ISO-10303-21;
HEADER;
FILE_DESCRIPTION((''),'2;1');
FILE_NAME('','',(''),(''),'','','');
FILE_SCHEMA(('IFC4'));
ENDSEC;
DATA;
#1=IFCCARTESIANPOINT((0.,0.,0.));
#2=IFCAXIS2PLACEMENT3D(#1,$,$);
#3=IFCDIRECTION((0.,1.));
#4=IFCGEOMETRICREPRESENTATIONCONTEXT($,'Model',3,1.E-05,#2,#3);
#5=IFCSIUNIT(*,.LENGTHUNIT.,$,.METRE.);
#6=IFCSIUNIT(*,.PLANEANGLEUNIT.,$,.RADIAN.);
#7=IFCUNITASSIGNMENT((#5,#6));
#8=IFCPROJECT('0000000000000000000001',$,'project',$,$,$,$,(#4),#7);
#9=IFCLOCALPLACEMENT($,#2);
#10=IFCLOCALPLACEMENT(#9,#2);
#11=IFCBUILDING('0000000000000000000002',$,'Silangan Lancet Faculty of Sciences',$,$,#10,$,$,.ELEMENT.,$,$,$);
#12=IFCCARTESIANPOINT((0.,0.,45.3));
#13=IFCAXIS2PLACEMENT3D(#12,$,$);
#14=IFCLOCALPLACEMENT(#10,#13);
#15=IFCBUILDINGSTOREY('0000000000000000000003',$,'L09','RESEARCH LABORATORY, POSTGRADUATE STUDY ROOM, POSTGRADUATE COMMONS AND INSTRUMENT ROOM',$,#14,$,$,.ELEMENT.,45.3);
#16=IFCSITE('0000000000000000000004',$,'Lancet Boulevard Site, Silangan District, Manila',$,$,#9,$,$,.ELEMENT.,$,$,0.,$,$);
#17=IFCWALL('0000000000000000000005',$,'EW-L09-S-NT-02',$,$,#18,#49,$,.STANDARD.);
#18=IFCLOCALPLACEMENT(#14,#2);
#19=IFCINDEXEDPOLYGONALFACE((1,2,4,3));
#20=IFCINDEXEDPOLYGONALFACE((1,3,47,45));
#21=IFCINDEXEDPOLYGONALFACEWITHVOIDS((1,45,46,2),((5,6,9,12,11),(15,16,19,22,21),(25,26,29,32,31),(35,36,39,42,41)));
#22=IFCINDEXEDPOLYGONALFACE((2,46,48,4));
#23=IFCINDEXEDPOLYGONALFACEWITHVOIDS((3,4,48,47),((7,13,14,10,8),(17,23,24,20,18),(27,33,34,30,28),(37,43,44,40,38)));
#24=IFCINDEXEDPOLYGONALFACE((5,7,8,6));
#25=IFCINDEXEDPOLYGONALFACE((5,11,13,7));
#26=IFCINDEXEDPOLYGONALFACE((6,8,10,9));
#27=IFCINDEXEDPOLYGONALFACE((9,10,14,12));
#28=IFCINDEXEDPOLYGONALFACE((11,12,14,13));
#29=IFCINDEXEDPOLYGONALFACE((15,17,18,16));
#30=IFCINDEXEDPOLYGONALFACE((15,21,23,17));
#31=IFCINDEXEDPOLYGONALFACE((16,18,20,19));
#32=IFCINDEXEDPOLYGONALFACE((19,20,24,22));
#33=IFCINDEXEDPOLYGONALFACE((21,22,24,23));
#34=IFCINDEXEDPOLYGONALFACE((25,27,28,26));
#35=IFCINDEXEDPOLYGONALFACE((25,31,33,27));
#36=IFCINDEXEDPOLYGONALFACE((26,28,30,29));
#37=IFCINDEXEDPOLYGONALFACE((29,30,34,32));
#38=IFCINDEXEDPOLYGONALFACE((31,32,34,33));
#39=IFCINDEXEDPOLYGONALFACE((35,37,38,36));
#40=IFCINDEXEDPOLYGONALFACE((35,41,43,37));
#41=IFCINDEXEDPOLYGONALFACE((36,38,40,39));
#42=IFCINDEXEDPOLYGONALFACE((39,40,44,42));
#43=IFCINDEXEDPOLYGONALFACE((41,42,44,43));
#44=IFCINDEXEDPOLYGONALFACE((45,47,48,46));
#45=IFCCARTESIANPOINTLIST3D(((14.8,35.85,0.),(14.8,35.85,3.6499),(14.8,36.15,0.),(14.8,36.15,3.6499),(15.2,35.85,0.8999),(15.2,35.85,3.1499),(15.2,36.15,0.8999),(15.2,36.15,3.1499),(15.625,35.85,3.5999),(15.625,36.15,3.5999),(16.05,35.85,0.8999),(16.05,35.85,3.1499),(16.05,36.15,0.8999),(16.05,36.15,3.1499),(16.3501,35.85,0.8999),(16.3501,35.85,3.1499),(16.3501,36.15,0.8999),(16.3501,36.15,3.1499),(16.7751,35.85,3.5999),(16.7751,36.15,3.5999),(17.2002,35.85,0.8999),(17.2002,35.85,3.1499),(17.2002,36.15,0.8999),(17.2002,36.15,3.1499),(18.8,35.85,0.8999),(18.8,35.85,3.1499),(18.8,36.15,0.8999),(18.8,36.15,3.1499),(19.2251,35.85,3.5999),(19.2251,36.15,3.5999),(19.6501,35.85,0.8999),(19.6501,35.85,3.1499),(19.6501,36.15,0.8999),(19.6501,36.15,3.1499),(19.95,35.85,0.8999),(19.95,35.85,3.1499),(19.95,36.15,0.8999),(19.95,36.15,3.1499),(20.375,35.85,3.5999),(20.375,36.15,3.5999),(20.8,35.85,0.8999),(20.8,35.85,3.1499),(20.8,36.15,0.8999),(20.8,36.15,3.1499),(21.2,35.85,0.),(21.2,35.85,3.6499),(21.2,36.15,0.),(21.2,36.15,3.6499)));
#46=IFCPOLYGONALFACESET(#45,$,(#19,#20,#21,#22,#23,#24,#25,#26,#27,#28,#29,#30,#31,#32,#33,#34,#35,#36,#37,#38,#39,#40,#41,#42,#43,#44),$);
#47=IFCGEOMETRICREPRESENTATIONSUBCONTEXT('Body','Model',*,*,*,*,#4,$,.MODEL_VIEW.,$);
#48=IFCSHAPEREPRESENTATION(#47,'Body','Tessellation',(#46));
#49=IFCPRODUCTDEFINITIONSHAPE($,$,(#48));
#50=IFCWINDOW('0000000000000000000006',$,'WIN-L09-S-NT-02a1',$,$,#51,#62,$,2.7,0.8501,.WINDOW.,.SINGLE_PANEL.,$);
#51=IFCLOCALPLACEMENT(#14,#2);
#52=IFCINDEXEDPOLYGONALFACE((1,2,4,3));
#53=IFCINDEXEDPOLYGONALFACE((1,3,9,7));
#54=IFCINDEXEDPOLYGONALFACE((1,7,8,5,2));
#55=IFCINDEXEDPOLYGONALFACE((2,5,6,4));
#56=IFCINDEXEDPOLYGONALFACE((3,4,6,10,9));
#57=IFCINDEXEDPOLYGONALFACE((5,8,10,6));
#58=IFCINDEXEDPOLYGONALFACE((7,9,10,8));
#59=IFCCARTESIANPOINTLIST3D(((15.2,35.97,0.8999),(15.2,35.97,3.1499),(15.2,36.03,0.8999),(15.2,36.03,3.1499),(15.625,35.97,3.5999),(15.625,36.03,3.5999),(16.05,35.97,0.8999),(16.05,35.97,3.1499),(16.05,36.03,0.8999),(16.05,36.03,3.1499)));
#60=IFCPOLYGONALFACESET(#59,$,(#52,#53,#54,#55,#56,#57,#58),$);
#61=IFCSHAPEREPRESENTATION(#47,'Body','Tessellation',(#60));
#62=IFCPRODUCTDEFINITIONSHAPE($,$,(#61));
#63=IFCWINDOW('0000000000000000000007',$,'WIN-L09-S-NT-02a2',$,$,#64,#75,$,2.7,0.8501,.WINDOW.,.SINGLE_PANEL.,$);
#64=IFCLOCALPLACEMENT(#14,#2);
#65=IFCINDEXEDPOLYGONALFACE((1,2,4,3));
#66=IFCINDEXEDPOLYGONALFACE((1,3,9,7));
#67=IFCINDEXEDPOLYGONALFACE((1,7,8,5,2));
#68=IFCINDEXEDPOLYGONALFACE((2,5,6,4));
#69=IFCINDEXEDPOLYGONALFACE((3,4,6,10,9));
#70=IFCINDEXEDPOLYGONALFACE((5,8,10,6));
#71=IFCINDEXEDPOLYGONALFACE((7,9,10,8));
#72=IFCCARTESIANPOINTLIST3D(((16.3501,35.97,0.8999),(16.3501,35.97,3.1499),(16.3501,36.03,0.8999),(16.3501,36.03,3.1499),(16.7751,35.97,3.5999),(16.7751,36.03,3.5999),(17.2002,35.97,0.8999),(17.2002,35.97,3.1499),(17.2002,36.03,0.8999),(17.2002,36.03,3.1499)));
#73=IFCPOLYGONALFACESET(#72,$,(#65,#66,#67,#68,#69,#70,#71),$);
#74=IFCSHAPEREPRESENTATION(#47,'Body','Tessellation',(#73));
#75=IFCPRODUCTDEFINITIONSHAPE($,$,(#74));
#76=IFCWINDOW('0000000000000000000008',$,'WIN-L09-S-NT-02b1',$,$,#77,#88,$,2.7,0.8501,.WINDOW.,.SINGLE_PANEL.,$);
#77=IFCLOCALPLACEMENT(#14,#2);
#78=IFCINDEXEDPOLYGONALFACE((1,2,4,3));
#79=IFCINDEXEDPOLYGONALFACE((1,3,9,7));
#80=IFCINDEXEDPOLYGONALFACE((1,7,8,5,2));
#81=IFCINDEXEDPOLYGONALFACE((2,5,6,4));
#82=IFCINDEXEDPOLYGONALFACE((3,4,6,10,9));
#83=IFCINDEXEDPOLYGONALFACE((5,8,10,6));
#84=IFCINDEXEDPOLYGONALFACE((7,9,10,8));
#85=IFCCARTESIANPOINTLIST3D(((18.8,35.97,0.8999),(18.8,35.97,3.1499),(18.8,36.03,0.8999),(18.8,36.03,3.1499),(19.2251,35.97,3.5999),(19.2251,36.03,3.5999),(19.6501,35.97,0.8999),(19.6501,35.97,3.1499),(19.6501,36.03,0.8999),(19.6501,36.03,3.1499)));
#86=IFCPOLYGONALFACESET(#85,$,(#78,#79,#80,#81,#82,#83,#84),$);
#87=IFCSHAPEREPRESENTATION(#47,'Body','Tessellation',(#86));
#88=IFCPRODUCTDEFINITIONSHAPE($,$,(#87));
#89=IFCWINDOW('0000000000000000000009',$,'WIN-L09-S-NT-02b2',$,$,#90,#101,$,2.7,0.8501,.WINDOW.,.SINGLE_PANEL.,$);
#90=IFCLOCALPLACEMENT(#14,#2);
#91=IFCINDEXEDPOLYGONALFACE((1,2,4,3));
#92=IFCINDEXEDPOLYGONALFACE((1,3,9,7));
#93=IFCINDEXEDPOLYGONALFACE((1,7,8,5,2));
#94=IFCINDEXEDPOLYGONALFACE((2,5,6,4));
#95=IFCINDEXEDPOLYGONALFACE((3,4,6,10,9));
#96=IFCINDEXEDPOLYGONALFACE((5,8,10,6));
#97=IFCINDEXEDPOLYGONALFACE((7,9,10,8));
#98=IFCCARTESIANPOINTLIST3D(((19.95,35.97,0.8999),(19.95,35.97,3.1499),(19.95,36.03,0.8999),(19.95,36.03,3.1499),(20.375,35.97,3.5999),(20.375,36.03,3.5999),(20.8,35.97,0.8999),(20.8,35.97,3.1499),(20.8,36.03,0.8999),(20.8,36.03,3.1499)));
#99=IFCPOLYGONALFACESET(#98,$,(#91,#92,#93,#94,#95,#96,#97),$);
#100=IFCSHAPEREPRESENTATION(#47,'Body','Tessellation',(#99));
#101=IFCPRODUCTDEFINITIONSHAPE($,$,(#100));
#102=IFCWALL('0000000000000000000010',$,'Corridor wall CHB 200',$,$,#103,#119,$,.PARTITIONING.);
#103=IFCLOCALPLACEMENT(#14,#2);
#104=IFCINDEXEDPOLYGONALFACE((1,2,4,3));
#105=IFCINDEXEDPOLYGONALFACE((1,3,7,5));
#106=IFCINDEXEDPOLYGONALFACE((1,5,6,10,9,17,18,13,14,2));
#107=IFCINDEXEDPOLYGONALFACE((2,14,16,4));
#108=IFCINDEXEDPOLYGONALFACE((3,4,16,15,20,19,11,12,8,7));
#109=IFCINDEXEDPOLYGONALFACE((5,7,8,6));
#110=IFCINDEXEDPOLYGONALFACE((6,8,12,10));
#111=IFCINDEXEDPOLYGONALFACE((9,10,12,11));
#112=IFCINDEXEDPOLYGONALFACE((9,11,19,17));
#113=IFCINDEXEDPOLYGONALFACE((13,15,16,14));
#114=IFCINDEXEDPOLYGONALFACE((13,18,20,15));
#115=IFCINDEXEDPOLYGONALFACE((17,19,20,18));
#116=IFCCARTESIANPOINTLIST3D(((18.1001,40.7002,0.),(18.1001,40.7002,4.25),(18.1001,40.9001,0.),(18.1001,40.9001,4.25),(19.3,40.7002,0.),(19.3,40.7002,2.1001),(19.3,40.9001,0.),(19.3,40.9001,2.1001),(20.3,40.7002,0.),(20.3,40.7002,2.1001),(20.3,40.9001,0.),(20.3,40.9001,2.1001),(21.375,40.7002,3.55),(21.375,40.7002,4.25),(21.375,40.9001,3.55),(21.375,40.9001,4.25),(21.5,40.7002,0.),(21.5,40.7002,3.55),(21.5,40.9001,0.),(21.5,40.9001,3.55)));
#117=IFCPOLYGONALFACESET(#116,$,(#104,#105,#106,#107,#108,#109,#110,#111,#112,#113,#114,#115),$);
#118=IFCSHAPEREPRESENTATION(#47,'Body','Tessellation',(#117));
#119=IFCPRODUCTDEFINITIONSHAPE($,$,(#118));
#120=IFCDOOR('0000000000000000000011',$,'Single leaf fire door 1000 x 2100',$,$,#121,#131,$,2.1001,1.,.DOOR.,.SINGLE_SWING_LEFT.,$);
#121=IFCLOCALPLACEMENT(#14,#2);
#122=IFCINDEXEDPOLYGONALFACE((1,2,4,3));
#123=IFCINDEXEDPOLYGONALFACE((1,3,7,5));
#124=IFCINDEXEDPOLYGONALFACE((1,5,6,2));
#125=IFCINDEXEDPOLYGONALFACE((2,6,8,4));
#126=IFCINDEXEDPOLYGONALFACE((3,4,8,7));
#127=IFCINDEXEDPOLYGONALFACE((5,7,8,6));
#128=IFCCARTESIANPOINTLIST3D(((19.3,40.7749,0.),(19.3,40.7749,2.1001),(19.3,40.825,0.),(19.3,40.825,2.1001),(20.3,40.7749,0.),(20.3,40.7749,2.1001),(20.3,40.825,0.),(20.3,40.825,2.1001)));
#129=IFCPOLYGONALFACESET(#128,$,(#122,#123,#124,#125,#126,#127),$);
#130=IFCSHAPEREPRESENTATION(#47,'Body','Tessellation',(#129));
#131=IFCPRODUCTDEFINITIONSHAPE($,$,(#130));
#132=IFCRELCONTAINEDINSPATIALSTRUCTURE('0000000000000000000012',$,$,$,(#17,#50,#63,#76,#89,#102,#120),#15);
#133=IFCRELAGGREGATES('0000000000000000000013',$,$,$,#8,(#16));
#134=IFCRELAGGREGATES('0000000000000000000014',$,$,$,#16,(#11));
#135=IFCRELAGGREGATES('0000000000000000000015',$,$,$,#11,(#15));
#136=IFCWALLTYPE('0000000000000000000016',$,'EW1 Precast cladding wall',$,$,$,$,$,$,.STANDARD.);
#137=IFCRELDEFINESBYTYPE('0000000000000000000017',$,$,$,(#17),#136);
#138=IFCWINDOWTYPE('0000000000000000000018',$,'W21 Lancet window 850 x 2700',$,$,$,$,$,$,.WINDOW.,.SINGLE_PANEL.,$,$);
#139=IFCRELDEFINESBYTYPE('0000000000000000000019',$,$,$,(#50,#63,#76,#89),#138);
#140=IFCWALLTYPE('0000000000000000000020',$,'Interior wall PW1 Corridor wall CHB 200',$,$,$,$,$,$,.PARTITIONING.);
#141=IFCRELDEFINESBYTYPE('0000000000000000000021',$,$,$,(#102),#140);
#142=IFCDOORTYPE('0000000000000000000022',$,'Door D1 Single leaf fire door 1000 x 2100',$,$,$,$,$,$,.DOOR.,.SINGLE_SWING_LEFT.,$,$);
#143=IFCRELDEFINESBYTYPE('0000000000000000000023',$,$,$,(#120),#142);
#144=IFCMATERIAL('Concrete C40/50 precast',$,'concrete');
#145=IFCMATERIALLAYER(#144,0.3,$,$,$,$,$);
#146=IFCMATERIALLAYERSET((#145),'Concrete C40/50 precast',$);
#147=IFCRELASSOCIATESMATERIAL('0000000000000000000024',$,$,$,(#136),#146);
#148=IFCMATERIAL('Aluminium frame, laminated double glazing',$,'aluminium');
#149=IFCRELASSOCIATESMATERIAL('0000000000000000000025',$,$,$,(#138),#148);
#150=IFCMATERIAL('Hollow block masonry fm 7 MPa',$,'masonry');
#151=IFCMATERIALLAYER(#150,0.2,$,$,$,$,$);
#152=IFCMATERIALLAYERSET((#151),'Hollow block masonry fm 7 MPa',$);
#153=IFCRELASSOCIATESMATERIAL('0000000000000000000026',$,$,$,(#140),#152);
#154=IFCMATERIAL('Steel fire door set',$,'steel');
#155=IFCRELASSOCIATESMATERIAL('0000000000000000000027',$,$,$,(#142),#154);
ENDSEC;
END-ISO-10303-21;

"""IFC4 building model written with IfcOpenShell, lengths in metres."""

from ifc_helpers import new_model, si_unit, direction, frame, frame_2d, origin, place, context, subcontext, project, spatial, polyline, rectangle, outline, extrude, material, layer, layer_set, type_object, element, fill, save


model = new_model("IFC4")

# Units and contexts
model_context = context("Model", 3, precision=1e-05, world=origin(), true_north=direction((0.0, 1.0)))
body_context = subcontext(model_context, "Body", "Model", "MODEL_VIEW")
ifc_project = project(units=[si_unit("LENGTHUNIT", "METRE"), si_unit("PLANEANGLEUNIT", "RADIAN")], contexts=[model_context])

# Site, building, storey
site_placement = place(None, origin())
site = spatial("IfcSite", under=ifc_project, at=site_placement, Name="Lancet Boulevard Site, Silangan District, Manila", CompositionType="ELEMENT", RefElevation=0.0)
building_placement = place(site_placement, origin())
building = spatial("IfcBuilding", under=site, at=building_placement, Name="Silangan Lancet Faculty of Sciences", CompositionType="ELEMENT")
storey_placement = place(building_placement, frame((0.0, 0.0, 45.3)))
storey = spatial("IfcBuildingStorey", under=building, at=storey_placement, Name="L09", Description="RESEARCH LABORATORY, POSTGRADUATE STUDY ROOM, POSTGRADUATE COMMONS AND INSTRUMENT ROOM", CompositionType="ELEMENT", Elevation=45.3)

# Wall, openings, windows
ifc_material_1 = material(Name="Concrete C40/50 precast", Category="concrete")
ifc_layer_1 = layer(ifc_material_1, 0.3)
ifc_layer_set_1 = layer_set([ifc_layer_1], Name="Concrete C40/50 precast")
wall_type_1 = type_object("IfcWallType", Name="EW1 Precast cladding wall", PredefinedType="STANDARD", material=ifc_layer_set_1)
wall_1_placement = place(storey_placement, frame((14.8, 36.0, 0.0), z_axis=(0.0, 0.0, 1.0), x_axis=(1.0, 0.0, 0.0)))
wall_1 = element("IfcWall", 1, at=wall_1_placement, inside=storey, type_object=wall_type_1, Name="EW-L09-S-NT-02", PredefinedType="STANDARD", context=body_context, shape_type="SweptSolid", body=[
    extrude(rectangle(XDim=6.3999, YDim=0.3, at=frame_2d((3.2, 0.0))), origin(), (0.0, 0.0, 1.0), 3.6499),
])
opening_1_placement = place(wall_1_placement, frame((0.3999, 0.0, 0.8999)))
opening_1 = element("IfcOpeningElement", 2, at=opening_1_placement, cuts=wall_1, PredefinedType="OPENING", context=body_context, shape_type="SweptSolid", body=[
    extrude(outline(polyline([(0.0, 0.0), (0.8501, 0.0), (0.8501, 2.25), (0.425, 2.7), (0.0, 2.25), (0.0, 0.0)])), frame((0.0, 0.1599, 0.0), z_axis=(0.0, -1.0, 0.0), x_axis=(1.0, 0.0, 0.0)), (0.0, 0.0, 1.0), 0.3201),
])
opening_2_placement = place(wall_1_placement, frame((1.55, 0.0, 0.8999)))
opening_2 = element("IfcOpeningElement", 3, at=opening_2_placement, cuts=wall_1, PredefinedType="OPENING", context=body_context, shape_type="SweptSolid", body=[
    extrude(outline(polyline([(0.0, 0.0), (0.8501, 0.0), (0.8501, 2.25), (0.425, 2.7), (0.0, 2.25), (0.0, 0.0)])), frame((0.0, 0.1599, 0.0), z_axis=(0.0, -1.0, 0.0), x_axis=(1.0, 0.0, 0.0)), (0.0, 0.0, 1.0), 0.3201),
])
opening_3_placement = place(wall_1_placement, frame((4.0, 0.0, 0.8999)))
opening_3 = element("IfcOpeningElement", 4, at=opening_3_placement, cuts=wall_1, PredefinedType="OPENING", context=body_context, shape_type="SweptSolid", body=[
    extrude(outline(polyline([(0.0, 0.0), (0.8501, 0.0), (0.8501, 2.25), (0.425, 2.7), (0.0, 2.25), (0.0, 0.0)])), frame((0.0, 0.1599, 0.0), z_axis=(0.0, -1.0, 0.0), x_axis=(1.0, 0.0, 0.0)), (0.0, 0.0, 1.0), 0.3201),
])
opening_4_placement = place(wall_1_placement, frame((5.1499, 0.0, 0.8999)))
opening_4 = element("IfcOpeningElement", 5, at=opening_4_placement, cuts=wall_1, PredefinedType="OPENING", context=body_context, shape_type="SweptSolid", body=[
    extrude(outline(polyline([(0.0, 0.0), (0.8501, 0.0), (0.8501, 2.25), (0.425, 2.7), (0.0, 2.25), (0.0, 0.0)])), frame((0.0, 0.1599, 0.0), z_axis=(0.0, -1.0, 0.0), x_axis=(1.0, 0.0, 0.0)), (0.0, 0.0, 1.0), 0.3201),
])
ifc_material_2 = material(Name="Aluminium frame, laminated double glazing", Category="aluminium")
window_type = type_object("IfcWindowType", Name="W21 Lancet window 850 x 2700", PartitioningType="SINGLE_PANEL", PredefinedType="WINDOW", material=ifc_material_2)
window_1_placement = place(opening_1_placement, origin())
window_1 = element("IfcWindow", 6, at=window_1_placement, inside=storey, type_object=window_type, Name="WIN-L09-S-NT-02a1", OverallHeight=2.7, OverallWidth=0.8501, PartitioningType="SINGLE_PANEL", PredefinedType="WINDOW", context=body_context, shape_type="SweptSolid", body=[
    extrude(outline(polyline([(0.0, 0.0), (0.8501, 0.0), (0.8501, 2.25), (0.425, 2.7), (0.0, 2.25), (0.0, 0.0)])), frame((0.0, 0.03, 0.0), z_axis=(0.0, -1.0, 0.0), x_axis=(1.0, 0.0, 0.0)), (0.0, 0.0, 1.0), 0.0601),
])
fill(opening_1, window_1)
window_2_placement = place(opening_2_placement, origin())
window_2 = element("IfcWindow", 7, at=window_2_placement, inside=storey, type_object=window_type, Name="WIN-L09-S-NT-02a2", OverallHeight=2.7, OverallWidth=0.8501, PartitioningType="SINGLE_PANEL", PredefinedType="WINDOW", context=body_context, shape_type="SweptSolid", body=[
    extrude(outline(polyline([(0.0, 0.0), (0.8501, 0.0), (0.8501, 2.25), (0.425, 2.7), (0.0, 2.25), (0.0, 0.0)])), frame((0.0, 0.03, 0.0), z_axis=(0.0, -1.0, 0.0), x_axis=(1.0, 0.0, 0.0)), (0.0, 0.0, 1.0), 0.0601),
])
fill(opening_2, window_2)
window_3_placement = place(opening_3_placement, origin())
window_3 = element("IfcWindow", 8, at=window_3_placement, inside=storey, type_object=window_type, Name="WIN-L09-S-NT-02b1", OverallHeight=2.7, OverallWidth=0.8501, PartitioningType="SINGLE_PANEL", PredefinedType="WINDOW", context=body_context, shape_type="SweptSolid", body=[
    extrude(outline(polyline([(0.0, 0.0), (0.8501, 0.0), (0.8501, 2.25), (0.425, 2.7), (0.0, 2.25), (0.0, 0.0)])), frame((0.0, 0.03, 0.0), z_axis=(0.0, -1.0, 0.0), x_axis=(1.0, 0.0, 0.0)), (0.0, 0.0, 1.0), 0.0601),
])
fill(opening_3, window_3)
window_4_placement = place(opening_4_placement, origin())
window_4 = element("IfcWindow", 9, at=window_4_placement, inside=storey, type_object=window_type, Name="WIN-L09-S-NT-02b2", OverallHeight=2.7, OverallWidth=0.8501, PartitioningType="SINGLE_PANEL", PredefinedType="WINDOW", context=body_context, shape_type="SweptSolid", body=[
    extrude(outline(polyline([(0.0, 0.0), (0.8501, 0.0), (0.8501, 2.25), (0.425, 2.7), (0.0, 2.25), (0.0, 0.0)])), frame((0.0, 0.03, 0.0), z_axis=(0.0, -1.0, 0.0), x_axis=(1.0, 0.0, 0.0)), (0.0, 0.0, 1.0), 0.0601),
])
fill(opening_4, window_4)

# Wall, opening, door
ifc_material_3 = material(Name="Hollow block masonry fm 7 MPa", Category="masonry")
ifc_layer_2 = layer(ifc_material_3, 0.2)
ifc_layer_set_2 = layer_set([ifc_layer_2], Name="Hollow block masonry fm 7 MPa")
wall_type_2 = type_object("IfcWallType", Name="Interior wall PW1 Corridor wall CHB 200", PredefinedType="PARTITIONING", material=ifc_layer_set_2)
wall_2_placement = place(storey_placement, frame((18.1001, 40.8, 0.0), z_axis=(0.0, 0.0, 1.0), x_axis=(1.0, 0.0, 0.0)))
wall_2 = element("IfcWall", 10, at=wall_2_placement, inside=storey, type_object=wall_type_2, Name="Corridor wall CHB 200", PredefinedType="PARTITIONING", context=body_context, shape_type="SweptSolid", body=[
    extrude(outline(polyline([(0.0, 0.0), (3.3999, 0.0), (3.3999, 3.55), (3.2749, 3.55), (3.2749, 4.25), (0.0, 4.25), (0.0, 0.0)])), frame((0.0, 0.1001, 0.0), z_axis=(0.0, -1.0, 0.0), x_axis=(1.0, 0.0, 0.0)), (0.0, 0.0, 1.0), 0.2),
])
opening_5_placement = place(wall_2_placement, frame((1.2, 0.0, 0.0)))
opening_5 = element("IfcOpeningElement", 11, at=opening_5_placement, cuts=wall_2, PredefinedType="OPENING", context=body_context, shape_type="SweptSolid", body=[
    extrude(rectangle(XDim=1.0, YDim=2.1001, at=frame_2d((0.5, 1.05))), frame((0.0, 0.1099, 0.0), z_axis=(0.0, -1.0, 0.0), x_axis=(1.0, 0.0, 0.0)), (0.0, 0.0, 1.0), 0.22),
])
ifc_material_4 = material(Name="Steel fire door set", Category="steel")
door_type_1 = type_object("IfcDoorType", Name="Door D1 Single leaf fire door 1000 x 2100", OperationType="SINGLE_SWING_LEFT", PredefinedType="DOOR", material=ifc_material_4)
door_1_placement = place(opening_5_placement, frame((1.0, 0.0, 0.0), z_axis=(0.0, 0.0, 1.0), x_axis=(-1.0, 0.0, 0.0)))
door_1 = element("IfcDoor", 12, at=door_1_placement, inside=storey, type_object=door_type_1, Name="Single leaf fire door 1000 x 2100", OperationType="SINGLE_SWING_LEFT", OverallHeight=2.1001, OverallWidth=1.0, PredefinedType="DOOR", context=body_context, shape_type="SweptSolid", body=[
    extrude(rectangle(XDim=1.0, YDim=2.1001, at=frame_2d((0.5, 1.05))), frame((0.0, 0.0251, 0.0), z_axis=(0.0, -1.0, 0.0), x_axis=(1.0, 0.0, 0.0)), (0.0, 0.0, 1.0), 0.05),
])
fill(opening_5, door_1)

save(model, "model.ifc")
